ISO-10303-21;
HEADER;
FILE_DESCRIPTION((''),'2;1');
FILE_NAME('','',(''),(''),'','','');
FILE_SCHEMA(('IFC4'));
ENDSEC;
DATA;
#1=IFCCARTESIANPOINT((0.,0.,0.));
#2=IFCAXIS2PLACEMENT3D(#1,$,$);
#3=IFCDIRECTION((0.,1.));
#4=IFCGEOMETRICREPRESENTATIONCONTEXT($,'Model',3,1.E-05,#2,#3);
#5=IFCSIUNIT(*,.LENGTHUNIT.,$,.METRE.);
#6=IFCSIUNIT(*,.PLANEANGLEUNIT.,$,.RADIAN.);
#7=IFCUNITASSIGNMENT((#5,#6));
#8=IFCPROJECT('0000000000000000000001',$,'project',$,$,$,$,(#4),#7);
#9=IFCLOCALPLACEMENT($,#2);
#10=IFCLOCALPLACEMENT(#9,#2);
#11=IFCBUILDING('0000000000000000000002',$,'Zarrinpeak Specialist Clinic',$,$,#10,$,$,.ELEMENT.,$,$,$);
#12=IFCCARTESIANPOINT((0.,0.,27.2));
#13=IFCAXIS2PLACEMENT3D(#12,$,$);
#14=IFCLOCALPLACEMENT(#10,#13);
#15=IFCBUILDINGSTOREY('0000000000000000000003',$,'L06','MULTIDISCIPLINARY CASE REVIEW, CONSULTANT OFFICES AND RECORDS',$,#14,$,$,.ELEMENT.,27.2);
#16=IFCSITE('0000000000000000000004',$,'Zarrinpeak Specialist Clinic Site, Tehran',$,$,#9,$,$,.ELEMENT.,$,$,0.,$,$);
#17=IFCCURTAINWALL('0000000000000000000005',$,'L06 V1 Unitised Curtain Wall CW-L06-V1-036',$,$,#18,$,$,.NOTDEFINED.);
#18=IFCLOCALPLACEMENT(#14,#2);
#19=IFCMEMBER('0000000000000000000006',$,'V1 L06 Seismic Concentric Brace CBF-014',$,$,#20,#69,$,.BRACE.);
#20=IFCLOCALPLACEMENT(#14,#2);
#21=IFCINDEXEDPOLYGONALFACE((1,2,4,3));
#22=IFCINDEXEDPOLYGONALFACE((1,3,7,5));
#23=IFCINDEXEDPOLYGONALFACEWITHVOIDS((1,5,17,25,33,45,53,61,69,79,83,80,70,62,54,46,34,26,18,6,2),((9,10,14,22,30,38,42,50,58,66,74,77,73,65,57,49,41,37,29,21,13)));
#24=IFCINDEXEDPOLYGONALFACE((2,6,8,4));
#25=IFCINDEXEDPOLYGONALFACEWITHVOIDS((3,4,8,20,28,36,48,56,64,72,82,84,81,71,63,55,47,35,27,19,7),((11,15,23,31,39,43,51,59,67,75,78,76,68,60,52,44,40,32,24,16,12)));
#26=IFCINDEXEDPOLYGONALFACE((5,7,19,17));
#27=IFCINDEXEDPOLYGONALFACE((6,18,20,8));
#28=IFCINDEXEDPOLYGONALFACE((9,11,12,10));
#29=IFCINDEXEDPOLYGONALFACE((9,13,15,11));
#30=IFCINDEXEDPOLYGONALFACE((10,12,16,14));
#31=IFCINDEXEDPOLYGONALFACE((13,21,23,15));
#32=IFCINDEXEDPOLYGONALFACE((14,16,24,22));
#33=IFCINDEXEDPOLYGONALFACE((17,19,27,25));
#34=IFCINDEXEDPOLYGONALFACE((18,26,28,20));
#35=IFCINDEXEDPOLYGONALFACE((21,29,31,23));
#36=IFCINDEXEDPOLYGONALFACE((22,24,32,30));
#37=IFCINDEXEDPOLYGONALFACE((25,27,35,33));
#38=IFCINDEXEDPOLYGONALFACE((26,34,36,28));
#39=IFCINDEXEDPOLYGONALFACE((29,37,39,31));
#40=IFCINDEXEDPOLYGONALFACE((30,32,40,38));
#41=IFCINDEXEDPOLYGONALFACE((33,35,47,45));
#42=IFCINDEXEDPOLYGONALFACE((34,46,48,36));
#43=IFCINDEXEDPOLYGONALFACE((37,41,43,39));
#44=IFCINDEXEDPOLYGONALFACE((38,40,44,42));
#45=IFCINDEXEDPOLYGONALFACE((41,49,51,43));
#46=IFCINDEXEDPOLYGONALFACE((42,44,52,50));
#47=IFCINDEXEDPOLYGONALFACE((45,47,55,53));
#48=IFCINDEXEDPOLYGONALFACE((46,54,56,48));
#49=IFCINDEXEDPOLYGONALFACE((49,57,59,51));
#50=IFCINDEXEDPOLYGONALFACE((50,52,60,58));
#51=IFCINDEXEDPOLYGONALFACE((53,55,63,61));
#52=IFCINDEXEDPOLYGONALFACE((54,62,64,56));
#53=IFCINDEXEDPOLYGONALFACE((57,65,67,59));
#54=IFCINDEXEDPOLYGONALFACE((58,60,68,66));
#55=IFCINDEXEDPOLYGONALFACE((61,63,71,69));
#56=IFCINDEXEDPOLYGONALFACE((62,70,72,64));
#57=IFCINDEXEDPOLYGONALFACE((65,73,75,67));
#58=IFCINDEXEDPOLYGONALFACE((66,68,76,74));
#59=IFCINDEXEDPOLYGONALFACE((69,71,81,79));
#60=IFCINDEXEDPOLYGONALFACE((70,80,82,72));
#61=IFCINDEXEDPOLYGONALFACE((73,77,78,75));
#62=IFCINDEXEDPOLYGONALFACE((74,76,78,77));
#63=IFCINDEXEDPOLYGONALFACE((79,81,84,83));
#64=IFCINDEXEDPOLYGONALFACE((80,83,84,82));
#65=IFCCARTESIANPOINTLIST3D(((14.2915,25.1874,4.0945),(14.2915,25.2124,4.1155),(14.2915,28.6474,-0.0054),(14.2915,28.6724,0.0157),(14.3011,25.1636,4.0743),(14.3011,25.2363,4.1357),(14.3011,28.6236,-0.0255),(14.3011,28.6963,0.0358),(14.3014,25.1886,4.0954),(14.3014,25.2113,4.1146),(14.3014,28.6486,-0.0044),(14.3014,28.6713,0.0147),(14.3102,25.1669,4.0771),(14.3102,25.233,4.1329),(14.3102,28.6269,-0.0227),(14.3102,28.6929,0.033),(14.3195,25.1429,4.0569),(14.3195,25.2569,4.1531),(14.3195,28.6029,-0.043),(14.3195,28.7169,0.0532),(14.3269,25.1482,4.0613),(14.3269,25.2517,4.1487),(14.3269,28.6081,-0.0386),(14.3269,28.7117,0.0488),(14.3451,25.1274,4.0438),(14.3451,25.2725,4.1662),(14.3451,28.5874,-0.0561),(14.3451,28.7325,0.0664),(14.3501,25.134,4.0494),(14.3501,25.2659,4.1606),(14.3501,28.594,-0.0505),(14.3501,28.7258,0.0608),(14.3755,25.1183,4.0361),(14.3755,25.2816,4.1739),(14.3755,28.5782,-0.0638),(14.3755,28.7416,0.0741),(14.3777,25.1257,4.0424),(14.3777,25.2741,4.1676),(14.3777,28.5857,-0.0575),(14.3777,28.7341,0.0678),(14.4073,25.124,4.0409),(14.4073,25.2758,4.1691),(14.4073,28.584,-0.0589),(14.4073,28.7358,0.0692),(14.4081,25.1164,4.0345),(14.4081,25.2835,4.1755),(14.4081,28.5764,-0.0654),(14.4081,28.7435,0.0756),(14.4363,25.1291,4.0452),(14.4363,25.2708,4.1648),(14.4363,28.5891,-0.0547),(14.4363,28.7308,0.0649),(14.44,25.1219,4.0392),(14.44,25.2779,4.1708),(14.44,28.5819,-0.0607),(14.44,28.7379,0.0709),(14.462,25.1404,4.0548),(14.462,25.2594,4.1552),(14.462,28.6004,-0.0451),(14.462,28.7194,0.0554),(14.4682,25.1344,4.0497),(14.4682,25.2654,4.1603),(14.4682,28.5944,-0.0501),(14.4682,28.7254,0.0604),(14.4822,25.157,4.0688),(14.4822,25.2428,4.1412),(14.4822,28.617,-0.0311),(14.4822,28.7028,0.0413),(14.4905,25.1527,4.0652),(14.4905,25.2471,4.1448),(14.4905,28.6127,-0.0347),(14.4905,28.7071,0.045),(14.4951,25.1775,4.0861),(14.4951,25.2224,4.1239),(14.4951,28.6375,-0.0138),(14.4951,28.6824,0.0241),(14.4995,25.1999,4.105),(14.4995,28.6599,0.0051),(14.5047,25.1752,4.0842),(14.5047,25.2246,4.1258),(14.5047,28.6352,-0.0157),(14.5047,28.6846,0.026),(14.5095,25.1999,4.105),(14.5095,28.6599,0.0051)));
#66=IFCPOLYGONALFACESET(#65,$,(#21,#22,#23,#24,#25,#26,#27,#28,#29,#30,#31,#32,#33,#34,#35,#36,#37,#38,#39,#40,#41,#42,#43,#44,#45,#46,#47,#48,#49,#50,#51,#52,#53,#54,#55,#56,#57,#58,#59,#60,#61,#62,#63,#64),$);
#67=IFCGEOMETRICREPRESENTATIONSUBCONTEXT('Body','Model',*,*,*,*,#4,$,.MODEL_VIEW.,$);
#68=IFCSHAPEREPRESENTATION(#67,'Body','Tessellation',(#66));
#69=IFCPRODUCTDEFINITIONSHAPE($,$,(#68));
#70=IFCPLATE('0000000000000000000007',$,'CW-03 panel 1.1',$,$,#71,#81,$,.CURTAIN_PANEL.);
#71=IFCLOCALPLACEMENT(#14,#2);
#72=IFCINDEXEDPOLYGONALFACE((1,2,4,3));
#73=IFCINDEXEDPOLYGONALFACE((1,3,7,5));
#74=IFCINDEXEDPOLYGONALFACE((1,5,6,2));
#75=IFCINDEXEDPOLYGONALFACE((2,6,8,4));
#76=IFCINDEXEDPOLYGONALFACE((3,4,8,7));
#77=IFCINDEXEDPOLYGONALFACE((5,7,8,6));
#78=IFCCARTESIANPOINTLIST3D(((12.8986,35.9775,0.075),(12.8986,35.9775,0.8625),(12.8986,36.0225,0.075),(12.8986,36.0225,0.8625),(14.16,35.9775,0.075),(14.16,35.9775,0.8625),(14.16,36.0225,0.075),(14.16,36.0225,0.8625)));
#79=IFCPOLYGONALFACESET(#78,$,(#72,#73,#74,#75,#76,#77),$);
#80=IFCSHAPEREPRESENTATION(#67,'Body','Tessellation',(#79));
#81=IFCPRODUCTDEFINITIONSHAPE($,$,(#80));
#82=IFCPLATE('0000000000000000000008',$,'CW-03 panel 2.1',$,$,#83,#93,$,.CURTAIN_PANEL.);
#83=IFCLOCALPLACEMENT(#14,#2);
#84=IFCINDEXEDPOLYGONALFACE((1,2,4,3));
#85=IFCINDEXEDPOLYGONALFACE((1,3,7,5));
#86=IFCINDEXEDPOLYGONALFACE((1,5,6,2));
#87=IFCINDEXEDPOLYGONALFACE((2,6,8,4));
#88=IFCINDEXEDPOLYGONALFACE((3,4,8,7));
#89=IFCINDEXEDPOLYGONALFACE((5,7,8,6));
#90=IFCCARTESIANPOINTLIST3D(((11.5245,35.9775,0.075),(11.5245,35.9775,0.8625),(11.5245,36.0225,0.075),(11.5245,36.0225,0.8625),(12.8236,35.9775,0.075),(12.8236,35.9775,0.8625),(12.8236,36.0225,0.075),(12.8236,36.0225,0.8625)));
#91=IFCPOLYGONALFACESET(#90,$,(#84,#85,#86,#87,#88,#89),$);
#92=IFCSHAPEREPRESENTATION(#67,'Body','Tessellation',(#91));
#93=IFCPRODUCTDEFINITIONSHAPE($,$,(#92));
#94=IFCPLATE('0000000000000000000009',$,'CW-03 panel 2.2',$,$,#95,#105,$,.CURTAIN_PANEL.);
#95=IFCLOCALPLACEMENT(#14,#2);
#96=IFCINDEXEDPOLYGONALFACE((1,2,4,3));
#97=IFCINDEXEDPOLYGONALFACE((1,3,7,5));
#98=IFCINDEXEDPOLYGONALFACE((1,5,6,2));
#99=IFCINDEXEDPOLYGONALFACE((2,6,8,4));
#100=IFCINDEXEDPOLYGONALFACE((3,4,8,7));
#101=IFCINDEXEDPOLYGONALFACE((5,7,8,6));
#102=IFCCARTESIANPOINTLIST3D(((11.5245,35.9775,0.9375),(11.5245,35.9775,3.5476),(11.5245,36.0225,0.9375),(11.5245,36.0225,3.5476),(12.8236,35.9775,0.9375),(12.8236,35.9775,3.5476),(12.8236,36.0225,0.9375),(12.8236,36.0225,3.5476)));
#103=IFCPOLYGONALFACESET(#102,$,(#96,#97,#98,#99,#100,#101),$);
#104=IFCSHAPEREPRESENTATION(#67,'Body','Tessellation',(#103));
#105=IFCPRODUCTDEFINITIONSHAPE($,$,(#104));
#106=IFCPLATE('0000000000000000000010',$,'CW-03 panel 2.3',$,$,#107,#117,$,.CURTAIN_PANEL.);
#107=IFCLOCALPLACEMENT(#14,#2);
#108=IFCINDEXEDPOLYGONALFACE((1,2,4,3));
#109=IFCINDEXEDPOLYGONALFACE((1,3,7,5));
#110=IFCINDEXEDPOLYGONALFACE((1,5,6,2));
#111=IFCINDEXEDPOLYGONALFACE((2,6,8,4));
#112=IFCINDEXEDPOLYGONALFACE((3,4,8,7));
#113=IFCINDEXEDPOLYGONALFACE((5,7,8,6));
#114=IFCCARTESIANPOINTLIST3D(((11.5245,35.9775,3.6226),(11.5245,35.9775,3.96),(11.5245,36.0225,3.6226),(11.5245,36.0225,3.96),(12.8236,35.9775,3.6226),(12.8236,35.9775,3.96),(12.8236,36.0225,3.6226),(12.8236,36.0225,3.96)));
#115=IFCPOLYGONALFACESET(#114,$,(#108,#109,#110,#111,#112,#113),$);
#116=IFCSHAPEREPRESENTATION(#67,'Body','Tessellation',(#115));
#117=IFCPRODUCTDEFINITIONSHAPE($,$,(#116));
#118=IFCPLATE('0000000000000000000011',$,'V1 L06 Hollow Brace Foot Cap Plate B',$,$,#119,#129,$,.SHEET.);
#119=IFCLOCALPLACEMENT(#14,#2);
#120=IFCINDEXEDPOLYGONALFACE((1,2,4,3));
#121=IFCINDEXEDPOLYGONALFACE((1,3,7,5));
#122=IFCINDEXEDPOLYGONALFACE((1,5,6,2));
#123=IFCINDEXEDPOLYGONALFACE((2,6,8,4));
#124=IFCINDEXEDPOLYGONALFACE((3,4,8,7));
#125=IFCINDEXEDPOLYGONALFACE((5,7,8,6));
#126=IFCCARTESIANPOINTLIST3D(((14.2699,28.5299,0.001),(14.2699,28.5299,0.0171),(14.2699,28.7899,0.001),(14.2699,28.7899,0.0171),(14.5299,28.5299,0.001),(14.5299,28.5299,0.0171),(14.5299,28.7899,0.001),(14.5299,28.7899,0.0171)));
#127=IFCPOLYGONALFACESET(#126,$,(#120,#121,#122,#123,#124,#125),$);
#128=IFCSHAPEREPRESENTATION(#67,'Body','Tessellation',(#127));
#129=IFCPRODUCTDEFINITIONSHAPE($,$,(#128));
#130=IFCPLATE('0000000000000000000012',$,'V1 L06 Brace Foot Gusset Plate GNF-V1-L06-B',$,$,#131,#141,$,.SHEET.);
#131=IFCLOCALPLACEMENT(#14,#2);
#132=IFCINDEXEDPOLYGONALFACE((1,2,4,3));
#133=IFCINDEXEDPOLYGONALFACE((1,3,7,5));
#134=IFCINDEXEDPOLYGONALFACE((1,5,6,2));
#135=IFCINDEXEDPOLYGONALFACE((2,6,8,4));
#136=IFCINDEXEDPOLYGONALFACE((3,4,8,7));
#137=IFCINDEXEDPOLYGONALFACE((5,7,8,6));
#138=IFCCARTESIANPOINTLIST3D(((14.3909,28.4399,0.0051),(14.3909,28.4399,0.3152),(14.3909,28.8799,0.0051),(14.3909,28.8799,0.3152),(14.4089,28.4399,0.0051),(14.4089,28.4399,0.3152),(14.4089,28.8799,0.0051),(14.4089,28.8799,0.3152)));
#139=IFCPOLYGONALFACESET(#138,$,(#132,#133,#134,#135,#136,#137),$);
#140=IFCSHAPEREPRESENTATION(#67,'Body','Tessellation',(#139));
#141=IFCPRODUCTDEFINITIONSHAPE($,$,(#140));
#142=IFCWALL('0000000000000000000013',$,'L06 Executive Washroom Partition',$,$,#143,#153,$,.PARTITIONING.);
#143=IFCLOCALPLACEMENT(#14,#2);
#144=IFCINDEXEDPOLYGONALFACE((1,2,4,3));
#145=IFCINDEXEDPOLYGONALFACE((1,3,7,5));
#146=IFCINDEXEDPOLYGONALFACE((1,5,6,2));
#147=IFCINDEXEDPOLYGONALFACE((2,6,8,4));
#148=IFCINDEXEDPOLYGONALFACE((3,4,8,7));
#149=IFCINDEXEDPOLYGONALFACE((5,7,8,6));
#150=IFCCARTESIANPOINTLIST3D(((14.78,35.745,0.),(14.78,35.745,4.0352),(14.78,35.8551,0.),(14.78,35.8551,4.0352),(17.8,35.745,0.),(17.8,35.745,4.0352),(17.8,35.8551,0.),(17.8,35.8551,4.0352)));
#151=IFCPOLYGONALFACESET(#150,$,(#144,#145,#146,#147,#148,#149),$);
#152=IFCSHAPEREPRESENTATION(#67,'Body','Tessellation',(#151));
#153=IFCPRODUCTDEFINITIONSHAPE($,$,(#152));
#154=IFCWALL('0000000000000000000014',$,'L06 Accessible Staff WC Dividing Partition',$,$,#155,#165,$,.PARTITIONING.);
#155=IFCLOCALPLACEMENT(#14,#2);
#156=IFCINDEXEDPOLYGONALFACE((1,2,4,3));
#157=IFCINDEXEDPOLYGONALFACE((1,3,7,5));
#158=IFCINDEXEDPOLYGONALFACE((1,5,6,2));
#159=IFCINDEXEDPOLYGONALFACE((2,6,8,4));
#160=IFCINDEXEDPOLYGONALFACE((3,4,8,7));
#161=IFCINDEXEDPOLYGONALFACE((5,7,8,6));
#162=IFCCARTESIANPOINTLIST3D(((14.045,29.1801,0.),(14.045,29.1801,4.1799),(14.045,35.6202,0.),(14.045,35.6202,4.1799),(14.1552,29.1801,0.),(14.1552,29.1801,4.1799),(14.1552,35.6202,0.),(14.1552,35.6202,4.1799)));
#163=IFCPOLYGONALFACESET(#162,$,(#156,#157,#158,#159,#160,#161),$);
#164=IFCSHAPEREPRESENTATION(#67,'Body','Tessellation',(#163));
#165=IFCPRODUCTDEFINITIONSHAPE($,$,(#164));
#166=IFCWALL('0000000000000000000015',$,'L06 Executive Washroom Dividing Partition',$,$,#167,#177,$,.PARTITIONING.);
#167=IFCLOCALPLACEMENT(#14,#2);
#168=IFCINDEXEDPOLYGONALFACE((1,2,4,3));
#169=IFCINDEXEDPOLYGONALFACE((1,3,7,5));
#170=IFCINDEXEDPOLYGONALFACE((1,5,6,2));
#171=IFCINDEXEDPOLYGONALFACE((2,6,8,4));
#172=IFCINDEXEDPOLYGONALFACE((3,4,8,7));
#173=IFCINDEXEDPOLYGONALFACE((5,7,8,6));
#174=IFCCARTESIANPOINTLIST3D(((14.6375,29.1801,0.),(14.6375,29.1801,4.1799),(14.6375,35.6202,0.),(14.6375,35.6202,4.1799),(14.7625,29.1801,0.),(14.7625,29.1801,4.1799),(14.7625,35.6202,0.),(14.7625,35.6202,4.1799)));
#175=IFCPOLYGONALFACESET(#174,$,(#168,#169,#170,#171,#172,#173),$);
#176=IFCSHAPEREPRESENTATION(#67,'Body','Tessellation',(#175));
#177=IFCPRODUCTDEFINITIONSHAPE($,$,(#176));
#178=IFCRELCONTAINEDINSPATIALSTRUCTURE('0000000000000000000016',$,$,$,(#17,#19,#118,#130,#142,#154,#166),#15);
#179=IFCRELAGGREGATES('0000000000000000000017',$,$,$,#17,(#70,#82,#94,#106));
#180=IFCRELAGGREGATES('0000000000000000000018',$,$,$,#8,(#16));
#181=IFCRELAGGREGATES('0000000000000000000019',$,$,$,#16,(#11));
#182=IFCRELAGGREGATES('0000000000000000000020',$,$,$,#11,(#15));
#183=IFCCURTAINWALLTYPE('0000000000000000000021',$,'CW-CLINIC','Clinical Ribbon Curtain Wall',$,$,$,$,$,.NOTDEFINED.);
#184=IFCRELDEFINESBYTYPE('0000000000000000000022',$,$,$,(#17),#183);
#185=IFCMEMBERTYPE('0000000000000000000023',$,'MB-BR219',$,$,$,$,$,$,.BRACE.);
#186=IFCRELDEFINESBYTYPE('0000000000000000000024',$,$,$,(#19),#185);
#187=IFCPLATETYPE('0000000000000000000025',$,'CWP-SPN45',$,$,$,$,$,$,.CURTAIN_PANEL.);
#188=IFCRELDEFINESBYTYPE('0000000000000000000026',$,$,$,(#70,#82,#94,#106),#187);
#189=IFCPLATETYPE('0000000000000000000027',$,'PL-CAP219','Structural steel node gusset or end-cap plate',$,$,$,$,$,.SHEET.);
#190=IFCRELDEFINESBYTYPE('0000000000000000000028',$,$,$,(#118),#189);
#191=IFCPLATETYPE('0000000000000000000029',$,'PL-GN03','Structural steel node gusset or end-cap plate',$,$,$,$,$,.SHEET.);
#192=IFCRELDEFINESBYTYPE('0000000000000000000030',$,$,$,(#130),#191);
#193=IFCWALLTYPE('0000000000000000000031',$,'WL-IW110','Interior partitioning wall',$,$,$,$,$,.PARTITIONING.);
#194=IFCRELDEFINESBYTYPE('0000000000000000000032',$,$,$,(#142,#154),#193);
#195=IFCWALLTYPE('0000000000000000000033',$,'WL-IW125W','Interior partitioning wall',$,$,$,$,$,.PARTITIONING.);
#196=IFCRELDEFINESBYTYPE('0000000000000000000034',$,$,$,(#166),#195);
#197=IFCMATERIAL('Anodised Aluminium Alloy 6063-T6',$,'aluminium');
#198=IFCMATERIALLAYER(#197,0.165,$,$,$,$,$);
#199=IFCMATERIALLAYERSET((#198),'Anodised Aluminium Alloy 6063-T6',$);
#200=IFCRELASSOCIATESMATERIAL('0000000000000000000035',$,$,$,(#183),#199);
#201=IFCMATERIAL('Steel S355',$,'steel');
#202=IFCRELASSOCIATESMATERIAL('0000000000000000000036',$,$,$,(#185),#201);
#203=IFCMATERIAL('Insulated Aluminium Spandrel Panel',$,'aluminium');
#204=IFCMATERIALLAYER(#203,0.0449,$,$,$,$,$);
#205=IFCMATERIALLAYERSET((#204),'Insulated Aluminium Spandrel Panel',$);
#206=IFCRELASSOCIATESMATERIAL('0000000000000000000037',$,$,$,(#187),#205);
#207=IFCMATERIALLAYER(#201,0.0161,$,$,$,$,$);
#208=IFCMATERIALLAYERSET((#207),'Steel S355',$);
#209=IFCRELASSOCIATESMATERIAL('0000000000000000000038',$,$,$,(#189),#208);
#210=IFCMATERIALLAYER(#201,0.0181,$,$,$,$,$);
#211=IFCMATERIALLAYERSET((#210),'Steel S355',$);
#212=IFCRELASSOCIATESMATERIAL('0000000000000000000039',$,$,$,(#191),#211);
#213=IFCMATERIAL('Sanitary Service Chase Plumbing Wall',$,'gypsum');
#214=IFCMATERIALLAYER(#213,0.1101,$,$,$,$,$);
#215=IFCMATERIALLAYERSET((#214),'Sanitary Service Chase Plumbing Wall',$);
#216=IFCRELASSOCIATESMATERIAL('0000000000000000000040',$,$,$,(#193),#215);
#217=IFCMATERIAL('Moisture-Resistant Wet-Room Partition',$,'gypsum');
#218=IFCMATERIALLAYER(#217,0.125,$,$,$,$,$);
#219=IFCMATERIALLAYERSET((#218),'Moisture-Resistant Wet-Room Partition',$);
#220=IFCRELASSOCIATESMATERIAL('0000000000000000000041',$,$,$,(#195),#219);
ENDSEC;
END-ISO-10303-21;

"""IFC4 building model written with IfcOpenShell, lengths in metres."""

from ifc_helpers import new_model, si_unit, direction, frame, frame_2d, origin, origin_2d, place, context, subcontext, project, spatial, rectangle, hollow_circle, extrude, material, layer, layer_set, material_profile, profile_set, type_object, element, aggregate, save


model = new_model("IFC4")

# Units and contexts
model_context = context("Model", 3, precision=1e-05, world=origin(), true_north=direction((0.0, 1.0)))
body_context = subcontext(model_context, "Body", "Model", "MODEL_VIEW")
ifc_project = project(units=[si_unit("LENGTHUNIT", "METRE"), si_unit("PLANEANGLEUNIT", "RADIAN")], contexts=[model_context])

# Site, building, storey
site_placement = place(None, origin())
site = spatial("IfcSite", under=ifc_project, at=site_placement, Name="Zarrinpeak Specialist Clinic Site, Tehran", CompositionType="ELEMENT", RefElevation=0.0)
building_placement = place(site_placement, origin())
building = spatial("IfcBuilding", under=site, at=building_placement, Name="Zarrinpeak Specialist Clinic", CompositionType="ELEMENT")
storey_placement = place(building_placement, frame((0.0, 0.0, 27.2)))
storey = spatial("IfcBuildingStorey", under=building, at=storey_placement, Name="L06", Description="MULTIDISCIPLINARY CASE REVIEW, CONSULTANT OFFICES AND RECORDS", CompositionType="ELEMENT", Elevation=27.2)

# Shared definitions
ifc_material_1 = material(Name="Steel S355", Category="steel")

# Curtain wall
ifc_material_2 = material(Name="Anodised Aluminium Alloy 6063-T6", Category="aluminium")
ifc_layer_1 = layer(ifc_material_2, 0.165)
ifc_layer_set_1 = layer_set([ifc_layer_1], Name="Anodised Aluminium Alloy 6063-T6")
curtain_wall_type = type_object("IfcCurtainWallType", Name="CW-CLINIC", Description="Clinical Ribbon Curtain Wall", PredefinedType="NOTDEFINED", material=ifc_layer_set_1)
curtain_wall_placement = place(storey_placement, origin())
curtain_wall = element("IfcCurtainWall", 1, at=curtain_wall_placement, inside=storey, type_object=curtain_wall_type, Name="L06 V1 Unitised Curtain Wall CW-L06-V1-036", PredefinedType="NOTDEFINED")

# Member
ifc_material_profile_1 = material_profile(ifc_material_1, hollow_circle(Radius=0.1096, WallThickness=0.01, at=origin_2d()), Name="CHS 219.1x10.0")
ifc_profile_set_1 = profile_set([ifc_material_profile_1], Name="Steel S355")
member_type_1 = type_object("IfcMemberType", Name="MB-BR219", PredefinedType="BRACE", material=ifc_profile_set_1)
member_1_placement = place(storey_placement, frame((14.3999, 28.6599, 0.0051), z_axis=(0.0, -0.644948, 0.764226), x_axis=(1.0, 0.0, 0.0)))
element("IfcMember", 2, at=member_1_placement, inside=storey, type_object=member_type_1, Name="V1 L06 Seismic Concentric Brace CBF-014", PredefinedType="BRACE", context=body_context, shape_type="SweptSolid", body=[
    extrude(hollow_circle(Radius=0.1096, WallThickness=0.01, at=origin_2d()), origin(), (0.0, 0.0, 1.0), 5.3647),
])

# Plates
ifc_material_3 = material(Name="Insulated Aluminium Spandrel Panel", Category="aluminium")
ifc_layer_2 = layer(ifc_material_3, 0.0449)
ifc_layer_set_2 = layer_set([ifc_layer_2], Name="Insulated Aluminium Spandrel Panel")
plate_type_1 = type_object("IfcPlateType", Name="CWP-SPN45", PredefinedType="CURTAIN_PANEL", material=ifc_layer_set_2)
plate_1_placement = place(storey_placement, frame((13.5293, 36.0, 0.075), z_axis=(0.0, 0.0, 1.0), x_axis=(-1.0, 0.0, 0.0)))
plate_1 = element("IfcPlate", 3, at=plate_1_placement, type_object=plate_type_1, Name="CW-03 panel 1.1", PredefinedType="CURTAIN_PANEL", context=body_context, shape_type="SweptSolid", body=[
    extrude(rectangle(XDim=1.2615, YDim=0.0449, at=origin_2d()), origin(), (0.0, 0.0, 1.0), 0.7876),
])
plate_2_placement = place(storey_placement, frame((12.1741, 36.0, 0.075), z_axis=(0.0, 0.0, 1.0), x_axis=(-1.0, 0.0, 0.0)))
plate_2 = element("IfcPlate", 4, at=plate_2_placement, type_object=plate_type_1, Name="CW-03 panel 2.1", PredefinedType="CURTAIN_PANEL", context=body_context, shape_type="SweptSolid", body=[
    extrude(rectangle(XDim=1.2991, YDim=0.0449, at=origin_2d()), origin(), (0.0, 0.0, 1.0), 0.7876),
])
plate_3_placement = place(storey_placement, frame((12.1741, 36.0, 0.9375), z_axis=(0.0, 0.0, 1.0), x_axis=(-1.0, 0.0, 0.0)))
plate_3 = element("IfcPlate", 5, at=plate_3_placement, type_object=plate_type_1, Name="CW-03 panel 2.2", PredefinedType="CURTAIN_PANEL", context=body_context, shape_type="SweptSolid", body=[
    extrude(rectangle(XDim=1.2991, YDim=0.0449, at=origin_2d()), origin(), (0.0, 0.0, 1.0), 2.6101),
])
plate_4_placement = place(storey_placement, frame((12.1741, 36.0, 3.6226), z_axis=(0.0, 0.0, 1.0), x_axis=(-1.0, 0.0, 0.0)))
plate_4 = element("IfcPlate", 6, at=plate_4_placement, type_object=plate_type_1, Name="CW-03 panel 2.3", PredefinedType="CURTAIN_PANEL", context=body_context, shape_type="SweptSolid", body=[
    extrude(rectangle(XDim=1.2991, YDim=0.0449, at=origin_2d()), origin(), (0.0, 0.0, 1.0), 0.3374),
])
aggregate(curtain_wall, [plate_1, plate_2, plate_3, plate_4])

# Plates
ifc_layer_3 = layer(ifc_material_1, 0.0161)
ifc_layer_set_3 = layer_set([ifc_layer_3], Name="Steel S355")
plate_type_2 = type_object("IfcPlateType", Name="PL-CAP219", Description="Structural steel node gusset or end-cap plate", PredefinedType="SHEET", material=ifc_layer_set_3)
plate_5_placement = place(storey_placement, frame((14.3999, 28.6599, 0.001), z_axis=(0.0, 0.0, 1.0), x_axis=(1.0, 0.0, 0.0)))
element("IfcPlate", 7, at=plate_5_placement, inside=storey, type_object=plate_type_2, Name="V1 L06 Hollow Brace Foot Cap Plate B", PredefinedType="SHEET", context=body_context, shape_type="SweptSolid", body=[
    extrude(rectangle(XDim=0.26, YDim=0.26, at=origin_2d()), origin(), (0.0, 0.0, 1.0), 0.0161),
])
ifc_layer_4 = layer(ifc_material_1, 0.0181)
ifc_layer_set_4 = layer_set([ifc_layer_4], Name="Steel S355")
plate_type_3 = type_object("IfcPlateType", Name="PL-GN03", Description="Structural steel node gusset or end-cap plate", PredefinedType="SHEET", material=ifc_layer_set_4)
plate_6_placement = place(storey_placement, frame((14.3999, 28.6599, 0.0051), z_axis=(0.0, 0.0, 1.0), x_axis=(1.0, 0.0, 0.0)))
element("IfcPlate", 8, at=plate_6_placement, inside=storey, type_object=plate_type_3, Name="V1 L06 Brace Foot Gusset Plate GNF-V1-L06-B", PredefinedType="SHEET", context=body_context, shape_type="SweptSolid", body=[
    extrude(rectangle(XDim=0.0181, YDim=0.4399, at=origin_2d()), origin(), (0.0, 0.0, 1.0), 0.3101),
])

# Walls
ifc_material_4 = material(Name="Sanitary Service Chase Plumbing Wall", Category="gypsum")
ifc_layer_5 = layer(ifc_material_4, 0.1101)
ifc_layer_set_5 = layer_set([ifc_layer_5], Name="Sanitary Service Chase Plumbing Wall")
wall_type_1 = type_object("IfcWallType", Name="WL-IW110", Description="Interior partitioning wall", PredefinedType="PARTITIONING", material=ifc_layer_set_5)
wall_1_placement = place(storey_placement, frame((14.78, 35.8, 0.0), z_axis=(0.0, 0.0, 1.0), x_axis=(1.0, 0.0, 0.0)))
element("IfcWall", 9, at=wall_1_placement, inside=storey, type_object=wall_type_1, Name="L06 Executive Washroom Partition", PredefinedType="PARTITIONING", context=body_context, shape_type="SweptSolid", body=[
    extrude(rectangle(XDim=3.02, YDim=0.1101, at=frame_2d((1.51, 0.0))), origin(), (0.0, 0.0, 1.0), 4.0352),
])
wall_2_placement = place(storey_placement, frame((14.1001, 29.1799, 0.0), z_axis=(0.0, 0.0, 1.0), x_axis=(0.0, 1.0, 0.0)))
element("IfcWall", 10, at=wall_2_placement, inside=storey, type_object=wall_type_1, Name="L06 Accessible Staff WC Dividing Partition", PredefinedType="PARTITIONING", context=body_context, shape_type="SweptSolid", body=[
    extrude(rectangle(XDim=6.4402, YDim=0.1101, at=frame_2d((3.2202, 0.0))), origin(), (0.0, 0.0, 1.0), 4.1799),
])
ifc_material_5 = material(Name="Moisture-Resistant Wet-Room Partition", Category="gypsum")
ifc_layer_6 = layer(ifc_material_5, 0.125)
ifc_layer_set_6 = layer_set([ifc_layer_6], Name="Moisture-Resistant Wet-Room Partition")
wall_type_2 = type_object("IfcWallType", Name="WL-IW125W", Description="Interior partitioning wall", PredefinedType="PARTITIONING", material=ifc_layer_set_6)
wall_3_placement = place(storey_placement, frame((14.7, 29.1799, 0.0), z_axis=(0.0, 0.0, 1.0), x_axis=(0.0, 1.0, 0.0)))
element("IfcWall", 11, at=wall_3_placement, inside=storey, type_object=wall_type_2, Name="L06 Executive Washroom Dividing Partition", PredefinedType="PARTITIONING", context=body_context, shape_type="SweptSolid", body=[
    extrude(rectangle(XDim=6.4402, YDim=0.125, at=frame_2d((3.2202, 0.0))), origin(), (0.0, 0.0, 1.0), 4.1799),
])

save(model, "model.ifc")
